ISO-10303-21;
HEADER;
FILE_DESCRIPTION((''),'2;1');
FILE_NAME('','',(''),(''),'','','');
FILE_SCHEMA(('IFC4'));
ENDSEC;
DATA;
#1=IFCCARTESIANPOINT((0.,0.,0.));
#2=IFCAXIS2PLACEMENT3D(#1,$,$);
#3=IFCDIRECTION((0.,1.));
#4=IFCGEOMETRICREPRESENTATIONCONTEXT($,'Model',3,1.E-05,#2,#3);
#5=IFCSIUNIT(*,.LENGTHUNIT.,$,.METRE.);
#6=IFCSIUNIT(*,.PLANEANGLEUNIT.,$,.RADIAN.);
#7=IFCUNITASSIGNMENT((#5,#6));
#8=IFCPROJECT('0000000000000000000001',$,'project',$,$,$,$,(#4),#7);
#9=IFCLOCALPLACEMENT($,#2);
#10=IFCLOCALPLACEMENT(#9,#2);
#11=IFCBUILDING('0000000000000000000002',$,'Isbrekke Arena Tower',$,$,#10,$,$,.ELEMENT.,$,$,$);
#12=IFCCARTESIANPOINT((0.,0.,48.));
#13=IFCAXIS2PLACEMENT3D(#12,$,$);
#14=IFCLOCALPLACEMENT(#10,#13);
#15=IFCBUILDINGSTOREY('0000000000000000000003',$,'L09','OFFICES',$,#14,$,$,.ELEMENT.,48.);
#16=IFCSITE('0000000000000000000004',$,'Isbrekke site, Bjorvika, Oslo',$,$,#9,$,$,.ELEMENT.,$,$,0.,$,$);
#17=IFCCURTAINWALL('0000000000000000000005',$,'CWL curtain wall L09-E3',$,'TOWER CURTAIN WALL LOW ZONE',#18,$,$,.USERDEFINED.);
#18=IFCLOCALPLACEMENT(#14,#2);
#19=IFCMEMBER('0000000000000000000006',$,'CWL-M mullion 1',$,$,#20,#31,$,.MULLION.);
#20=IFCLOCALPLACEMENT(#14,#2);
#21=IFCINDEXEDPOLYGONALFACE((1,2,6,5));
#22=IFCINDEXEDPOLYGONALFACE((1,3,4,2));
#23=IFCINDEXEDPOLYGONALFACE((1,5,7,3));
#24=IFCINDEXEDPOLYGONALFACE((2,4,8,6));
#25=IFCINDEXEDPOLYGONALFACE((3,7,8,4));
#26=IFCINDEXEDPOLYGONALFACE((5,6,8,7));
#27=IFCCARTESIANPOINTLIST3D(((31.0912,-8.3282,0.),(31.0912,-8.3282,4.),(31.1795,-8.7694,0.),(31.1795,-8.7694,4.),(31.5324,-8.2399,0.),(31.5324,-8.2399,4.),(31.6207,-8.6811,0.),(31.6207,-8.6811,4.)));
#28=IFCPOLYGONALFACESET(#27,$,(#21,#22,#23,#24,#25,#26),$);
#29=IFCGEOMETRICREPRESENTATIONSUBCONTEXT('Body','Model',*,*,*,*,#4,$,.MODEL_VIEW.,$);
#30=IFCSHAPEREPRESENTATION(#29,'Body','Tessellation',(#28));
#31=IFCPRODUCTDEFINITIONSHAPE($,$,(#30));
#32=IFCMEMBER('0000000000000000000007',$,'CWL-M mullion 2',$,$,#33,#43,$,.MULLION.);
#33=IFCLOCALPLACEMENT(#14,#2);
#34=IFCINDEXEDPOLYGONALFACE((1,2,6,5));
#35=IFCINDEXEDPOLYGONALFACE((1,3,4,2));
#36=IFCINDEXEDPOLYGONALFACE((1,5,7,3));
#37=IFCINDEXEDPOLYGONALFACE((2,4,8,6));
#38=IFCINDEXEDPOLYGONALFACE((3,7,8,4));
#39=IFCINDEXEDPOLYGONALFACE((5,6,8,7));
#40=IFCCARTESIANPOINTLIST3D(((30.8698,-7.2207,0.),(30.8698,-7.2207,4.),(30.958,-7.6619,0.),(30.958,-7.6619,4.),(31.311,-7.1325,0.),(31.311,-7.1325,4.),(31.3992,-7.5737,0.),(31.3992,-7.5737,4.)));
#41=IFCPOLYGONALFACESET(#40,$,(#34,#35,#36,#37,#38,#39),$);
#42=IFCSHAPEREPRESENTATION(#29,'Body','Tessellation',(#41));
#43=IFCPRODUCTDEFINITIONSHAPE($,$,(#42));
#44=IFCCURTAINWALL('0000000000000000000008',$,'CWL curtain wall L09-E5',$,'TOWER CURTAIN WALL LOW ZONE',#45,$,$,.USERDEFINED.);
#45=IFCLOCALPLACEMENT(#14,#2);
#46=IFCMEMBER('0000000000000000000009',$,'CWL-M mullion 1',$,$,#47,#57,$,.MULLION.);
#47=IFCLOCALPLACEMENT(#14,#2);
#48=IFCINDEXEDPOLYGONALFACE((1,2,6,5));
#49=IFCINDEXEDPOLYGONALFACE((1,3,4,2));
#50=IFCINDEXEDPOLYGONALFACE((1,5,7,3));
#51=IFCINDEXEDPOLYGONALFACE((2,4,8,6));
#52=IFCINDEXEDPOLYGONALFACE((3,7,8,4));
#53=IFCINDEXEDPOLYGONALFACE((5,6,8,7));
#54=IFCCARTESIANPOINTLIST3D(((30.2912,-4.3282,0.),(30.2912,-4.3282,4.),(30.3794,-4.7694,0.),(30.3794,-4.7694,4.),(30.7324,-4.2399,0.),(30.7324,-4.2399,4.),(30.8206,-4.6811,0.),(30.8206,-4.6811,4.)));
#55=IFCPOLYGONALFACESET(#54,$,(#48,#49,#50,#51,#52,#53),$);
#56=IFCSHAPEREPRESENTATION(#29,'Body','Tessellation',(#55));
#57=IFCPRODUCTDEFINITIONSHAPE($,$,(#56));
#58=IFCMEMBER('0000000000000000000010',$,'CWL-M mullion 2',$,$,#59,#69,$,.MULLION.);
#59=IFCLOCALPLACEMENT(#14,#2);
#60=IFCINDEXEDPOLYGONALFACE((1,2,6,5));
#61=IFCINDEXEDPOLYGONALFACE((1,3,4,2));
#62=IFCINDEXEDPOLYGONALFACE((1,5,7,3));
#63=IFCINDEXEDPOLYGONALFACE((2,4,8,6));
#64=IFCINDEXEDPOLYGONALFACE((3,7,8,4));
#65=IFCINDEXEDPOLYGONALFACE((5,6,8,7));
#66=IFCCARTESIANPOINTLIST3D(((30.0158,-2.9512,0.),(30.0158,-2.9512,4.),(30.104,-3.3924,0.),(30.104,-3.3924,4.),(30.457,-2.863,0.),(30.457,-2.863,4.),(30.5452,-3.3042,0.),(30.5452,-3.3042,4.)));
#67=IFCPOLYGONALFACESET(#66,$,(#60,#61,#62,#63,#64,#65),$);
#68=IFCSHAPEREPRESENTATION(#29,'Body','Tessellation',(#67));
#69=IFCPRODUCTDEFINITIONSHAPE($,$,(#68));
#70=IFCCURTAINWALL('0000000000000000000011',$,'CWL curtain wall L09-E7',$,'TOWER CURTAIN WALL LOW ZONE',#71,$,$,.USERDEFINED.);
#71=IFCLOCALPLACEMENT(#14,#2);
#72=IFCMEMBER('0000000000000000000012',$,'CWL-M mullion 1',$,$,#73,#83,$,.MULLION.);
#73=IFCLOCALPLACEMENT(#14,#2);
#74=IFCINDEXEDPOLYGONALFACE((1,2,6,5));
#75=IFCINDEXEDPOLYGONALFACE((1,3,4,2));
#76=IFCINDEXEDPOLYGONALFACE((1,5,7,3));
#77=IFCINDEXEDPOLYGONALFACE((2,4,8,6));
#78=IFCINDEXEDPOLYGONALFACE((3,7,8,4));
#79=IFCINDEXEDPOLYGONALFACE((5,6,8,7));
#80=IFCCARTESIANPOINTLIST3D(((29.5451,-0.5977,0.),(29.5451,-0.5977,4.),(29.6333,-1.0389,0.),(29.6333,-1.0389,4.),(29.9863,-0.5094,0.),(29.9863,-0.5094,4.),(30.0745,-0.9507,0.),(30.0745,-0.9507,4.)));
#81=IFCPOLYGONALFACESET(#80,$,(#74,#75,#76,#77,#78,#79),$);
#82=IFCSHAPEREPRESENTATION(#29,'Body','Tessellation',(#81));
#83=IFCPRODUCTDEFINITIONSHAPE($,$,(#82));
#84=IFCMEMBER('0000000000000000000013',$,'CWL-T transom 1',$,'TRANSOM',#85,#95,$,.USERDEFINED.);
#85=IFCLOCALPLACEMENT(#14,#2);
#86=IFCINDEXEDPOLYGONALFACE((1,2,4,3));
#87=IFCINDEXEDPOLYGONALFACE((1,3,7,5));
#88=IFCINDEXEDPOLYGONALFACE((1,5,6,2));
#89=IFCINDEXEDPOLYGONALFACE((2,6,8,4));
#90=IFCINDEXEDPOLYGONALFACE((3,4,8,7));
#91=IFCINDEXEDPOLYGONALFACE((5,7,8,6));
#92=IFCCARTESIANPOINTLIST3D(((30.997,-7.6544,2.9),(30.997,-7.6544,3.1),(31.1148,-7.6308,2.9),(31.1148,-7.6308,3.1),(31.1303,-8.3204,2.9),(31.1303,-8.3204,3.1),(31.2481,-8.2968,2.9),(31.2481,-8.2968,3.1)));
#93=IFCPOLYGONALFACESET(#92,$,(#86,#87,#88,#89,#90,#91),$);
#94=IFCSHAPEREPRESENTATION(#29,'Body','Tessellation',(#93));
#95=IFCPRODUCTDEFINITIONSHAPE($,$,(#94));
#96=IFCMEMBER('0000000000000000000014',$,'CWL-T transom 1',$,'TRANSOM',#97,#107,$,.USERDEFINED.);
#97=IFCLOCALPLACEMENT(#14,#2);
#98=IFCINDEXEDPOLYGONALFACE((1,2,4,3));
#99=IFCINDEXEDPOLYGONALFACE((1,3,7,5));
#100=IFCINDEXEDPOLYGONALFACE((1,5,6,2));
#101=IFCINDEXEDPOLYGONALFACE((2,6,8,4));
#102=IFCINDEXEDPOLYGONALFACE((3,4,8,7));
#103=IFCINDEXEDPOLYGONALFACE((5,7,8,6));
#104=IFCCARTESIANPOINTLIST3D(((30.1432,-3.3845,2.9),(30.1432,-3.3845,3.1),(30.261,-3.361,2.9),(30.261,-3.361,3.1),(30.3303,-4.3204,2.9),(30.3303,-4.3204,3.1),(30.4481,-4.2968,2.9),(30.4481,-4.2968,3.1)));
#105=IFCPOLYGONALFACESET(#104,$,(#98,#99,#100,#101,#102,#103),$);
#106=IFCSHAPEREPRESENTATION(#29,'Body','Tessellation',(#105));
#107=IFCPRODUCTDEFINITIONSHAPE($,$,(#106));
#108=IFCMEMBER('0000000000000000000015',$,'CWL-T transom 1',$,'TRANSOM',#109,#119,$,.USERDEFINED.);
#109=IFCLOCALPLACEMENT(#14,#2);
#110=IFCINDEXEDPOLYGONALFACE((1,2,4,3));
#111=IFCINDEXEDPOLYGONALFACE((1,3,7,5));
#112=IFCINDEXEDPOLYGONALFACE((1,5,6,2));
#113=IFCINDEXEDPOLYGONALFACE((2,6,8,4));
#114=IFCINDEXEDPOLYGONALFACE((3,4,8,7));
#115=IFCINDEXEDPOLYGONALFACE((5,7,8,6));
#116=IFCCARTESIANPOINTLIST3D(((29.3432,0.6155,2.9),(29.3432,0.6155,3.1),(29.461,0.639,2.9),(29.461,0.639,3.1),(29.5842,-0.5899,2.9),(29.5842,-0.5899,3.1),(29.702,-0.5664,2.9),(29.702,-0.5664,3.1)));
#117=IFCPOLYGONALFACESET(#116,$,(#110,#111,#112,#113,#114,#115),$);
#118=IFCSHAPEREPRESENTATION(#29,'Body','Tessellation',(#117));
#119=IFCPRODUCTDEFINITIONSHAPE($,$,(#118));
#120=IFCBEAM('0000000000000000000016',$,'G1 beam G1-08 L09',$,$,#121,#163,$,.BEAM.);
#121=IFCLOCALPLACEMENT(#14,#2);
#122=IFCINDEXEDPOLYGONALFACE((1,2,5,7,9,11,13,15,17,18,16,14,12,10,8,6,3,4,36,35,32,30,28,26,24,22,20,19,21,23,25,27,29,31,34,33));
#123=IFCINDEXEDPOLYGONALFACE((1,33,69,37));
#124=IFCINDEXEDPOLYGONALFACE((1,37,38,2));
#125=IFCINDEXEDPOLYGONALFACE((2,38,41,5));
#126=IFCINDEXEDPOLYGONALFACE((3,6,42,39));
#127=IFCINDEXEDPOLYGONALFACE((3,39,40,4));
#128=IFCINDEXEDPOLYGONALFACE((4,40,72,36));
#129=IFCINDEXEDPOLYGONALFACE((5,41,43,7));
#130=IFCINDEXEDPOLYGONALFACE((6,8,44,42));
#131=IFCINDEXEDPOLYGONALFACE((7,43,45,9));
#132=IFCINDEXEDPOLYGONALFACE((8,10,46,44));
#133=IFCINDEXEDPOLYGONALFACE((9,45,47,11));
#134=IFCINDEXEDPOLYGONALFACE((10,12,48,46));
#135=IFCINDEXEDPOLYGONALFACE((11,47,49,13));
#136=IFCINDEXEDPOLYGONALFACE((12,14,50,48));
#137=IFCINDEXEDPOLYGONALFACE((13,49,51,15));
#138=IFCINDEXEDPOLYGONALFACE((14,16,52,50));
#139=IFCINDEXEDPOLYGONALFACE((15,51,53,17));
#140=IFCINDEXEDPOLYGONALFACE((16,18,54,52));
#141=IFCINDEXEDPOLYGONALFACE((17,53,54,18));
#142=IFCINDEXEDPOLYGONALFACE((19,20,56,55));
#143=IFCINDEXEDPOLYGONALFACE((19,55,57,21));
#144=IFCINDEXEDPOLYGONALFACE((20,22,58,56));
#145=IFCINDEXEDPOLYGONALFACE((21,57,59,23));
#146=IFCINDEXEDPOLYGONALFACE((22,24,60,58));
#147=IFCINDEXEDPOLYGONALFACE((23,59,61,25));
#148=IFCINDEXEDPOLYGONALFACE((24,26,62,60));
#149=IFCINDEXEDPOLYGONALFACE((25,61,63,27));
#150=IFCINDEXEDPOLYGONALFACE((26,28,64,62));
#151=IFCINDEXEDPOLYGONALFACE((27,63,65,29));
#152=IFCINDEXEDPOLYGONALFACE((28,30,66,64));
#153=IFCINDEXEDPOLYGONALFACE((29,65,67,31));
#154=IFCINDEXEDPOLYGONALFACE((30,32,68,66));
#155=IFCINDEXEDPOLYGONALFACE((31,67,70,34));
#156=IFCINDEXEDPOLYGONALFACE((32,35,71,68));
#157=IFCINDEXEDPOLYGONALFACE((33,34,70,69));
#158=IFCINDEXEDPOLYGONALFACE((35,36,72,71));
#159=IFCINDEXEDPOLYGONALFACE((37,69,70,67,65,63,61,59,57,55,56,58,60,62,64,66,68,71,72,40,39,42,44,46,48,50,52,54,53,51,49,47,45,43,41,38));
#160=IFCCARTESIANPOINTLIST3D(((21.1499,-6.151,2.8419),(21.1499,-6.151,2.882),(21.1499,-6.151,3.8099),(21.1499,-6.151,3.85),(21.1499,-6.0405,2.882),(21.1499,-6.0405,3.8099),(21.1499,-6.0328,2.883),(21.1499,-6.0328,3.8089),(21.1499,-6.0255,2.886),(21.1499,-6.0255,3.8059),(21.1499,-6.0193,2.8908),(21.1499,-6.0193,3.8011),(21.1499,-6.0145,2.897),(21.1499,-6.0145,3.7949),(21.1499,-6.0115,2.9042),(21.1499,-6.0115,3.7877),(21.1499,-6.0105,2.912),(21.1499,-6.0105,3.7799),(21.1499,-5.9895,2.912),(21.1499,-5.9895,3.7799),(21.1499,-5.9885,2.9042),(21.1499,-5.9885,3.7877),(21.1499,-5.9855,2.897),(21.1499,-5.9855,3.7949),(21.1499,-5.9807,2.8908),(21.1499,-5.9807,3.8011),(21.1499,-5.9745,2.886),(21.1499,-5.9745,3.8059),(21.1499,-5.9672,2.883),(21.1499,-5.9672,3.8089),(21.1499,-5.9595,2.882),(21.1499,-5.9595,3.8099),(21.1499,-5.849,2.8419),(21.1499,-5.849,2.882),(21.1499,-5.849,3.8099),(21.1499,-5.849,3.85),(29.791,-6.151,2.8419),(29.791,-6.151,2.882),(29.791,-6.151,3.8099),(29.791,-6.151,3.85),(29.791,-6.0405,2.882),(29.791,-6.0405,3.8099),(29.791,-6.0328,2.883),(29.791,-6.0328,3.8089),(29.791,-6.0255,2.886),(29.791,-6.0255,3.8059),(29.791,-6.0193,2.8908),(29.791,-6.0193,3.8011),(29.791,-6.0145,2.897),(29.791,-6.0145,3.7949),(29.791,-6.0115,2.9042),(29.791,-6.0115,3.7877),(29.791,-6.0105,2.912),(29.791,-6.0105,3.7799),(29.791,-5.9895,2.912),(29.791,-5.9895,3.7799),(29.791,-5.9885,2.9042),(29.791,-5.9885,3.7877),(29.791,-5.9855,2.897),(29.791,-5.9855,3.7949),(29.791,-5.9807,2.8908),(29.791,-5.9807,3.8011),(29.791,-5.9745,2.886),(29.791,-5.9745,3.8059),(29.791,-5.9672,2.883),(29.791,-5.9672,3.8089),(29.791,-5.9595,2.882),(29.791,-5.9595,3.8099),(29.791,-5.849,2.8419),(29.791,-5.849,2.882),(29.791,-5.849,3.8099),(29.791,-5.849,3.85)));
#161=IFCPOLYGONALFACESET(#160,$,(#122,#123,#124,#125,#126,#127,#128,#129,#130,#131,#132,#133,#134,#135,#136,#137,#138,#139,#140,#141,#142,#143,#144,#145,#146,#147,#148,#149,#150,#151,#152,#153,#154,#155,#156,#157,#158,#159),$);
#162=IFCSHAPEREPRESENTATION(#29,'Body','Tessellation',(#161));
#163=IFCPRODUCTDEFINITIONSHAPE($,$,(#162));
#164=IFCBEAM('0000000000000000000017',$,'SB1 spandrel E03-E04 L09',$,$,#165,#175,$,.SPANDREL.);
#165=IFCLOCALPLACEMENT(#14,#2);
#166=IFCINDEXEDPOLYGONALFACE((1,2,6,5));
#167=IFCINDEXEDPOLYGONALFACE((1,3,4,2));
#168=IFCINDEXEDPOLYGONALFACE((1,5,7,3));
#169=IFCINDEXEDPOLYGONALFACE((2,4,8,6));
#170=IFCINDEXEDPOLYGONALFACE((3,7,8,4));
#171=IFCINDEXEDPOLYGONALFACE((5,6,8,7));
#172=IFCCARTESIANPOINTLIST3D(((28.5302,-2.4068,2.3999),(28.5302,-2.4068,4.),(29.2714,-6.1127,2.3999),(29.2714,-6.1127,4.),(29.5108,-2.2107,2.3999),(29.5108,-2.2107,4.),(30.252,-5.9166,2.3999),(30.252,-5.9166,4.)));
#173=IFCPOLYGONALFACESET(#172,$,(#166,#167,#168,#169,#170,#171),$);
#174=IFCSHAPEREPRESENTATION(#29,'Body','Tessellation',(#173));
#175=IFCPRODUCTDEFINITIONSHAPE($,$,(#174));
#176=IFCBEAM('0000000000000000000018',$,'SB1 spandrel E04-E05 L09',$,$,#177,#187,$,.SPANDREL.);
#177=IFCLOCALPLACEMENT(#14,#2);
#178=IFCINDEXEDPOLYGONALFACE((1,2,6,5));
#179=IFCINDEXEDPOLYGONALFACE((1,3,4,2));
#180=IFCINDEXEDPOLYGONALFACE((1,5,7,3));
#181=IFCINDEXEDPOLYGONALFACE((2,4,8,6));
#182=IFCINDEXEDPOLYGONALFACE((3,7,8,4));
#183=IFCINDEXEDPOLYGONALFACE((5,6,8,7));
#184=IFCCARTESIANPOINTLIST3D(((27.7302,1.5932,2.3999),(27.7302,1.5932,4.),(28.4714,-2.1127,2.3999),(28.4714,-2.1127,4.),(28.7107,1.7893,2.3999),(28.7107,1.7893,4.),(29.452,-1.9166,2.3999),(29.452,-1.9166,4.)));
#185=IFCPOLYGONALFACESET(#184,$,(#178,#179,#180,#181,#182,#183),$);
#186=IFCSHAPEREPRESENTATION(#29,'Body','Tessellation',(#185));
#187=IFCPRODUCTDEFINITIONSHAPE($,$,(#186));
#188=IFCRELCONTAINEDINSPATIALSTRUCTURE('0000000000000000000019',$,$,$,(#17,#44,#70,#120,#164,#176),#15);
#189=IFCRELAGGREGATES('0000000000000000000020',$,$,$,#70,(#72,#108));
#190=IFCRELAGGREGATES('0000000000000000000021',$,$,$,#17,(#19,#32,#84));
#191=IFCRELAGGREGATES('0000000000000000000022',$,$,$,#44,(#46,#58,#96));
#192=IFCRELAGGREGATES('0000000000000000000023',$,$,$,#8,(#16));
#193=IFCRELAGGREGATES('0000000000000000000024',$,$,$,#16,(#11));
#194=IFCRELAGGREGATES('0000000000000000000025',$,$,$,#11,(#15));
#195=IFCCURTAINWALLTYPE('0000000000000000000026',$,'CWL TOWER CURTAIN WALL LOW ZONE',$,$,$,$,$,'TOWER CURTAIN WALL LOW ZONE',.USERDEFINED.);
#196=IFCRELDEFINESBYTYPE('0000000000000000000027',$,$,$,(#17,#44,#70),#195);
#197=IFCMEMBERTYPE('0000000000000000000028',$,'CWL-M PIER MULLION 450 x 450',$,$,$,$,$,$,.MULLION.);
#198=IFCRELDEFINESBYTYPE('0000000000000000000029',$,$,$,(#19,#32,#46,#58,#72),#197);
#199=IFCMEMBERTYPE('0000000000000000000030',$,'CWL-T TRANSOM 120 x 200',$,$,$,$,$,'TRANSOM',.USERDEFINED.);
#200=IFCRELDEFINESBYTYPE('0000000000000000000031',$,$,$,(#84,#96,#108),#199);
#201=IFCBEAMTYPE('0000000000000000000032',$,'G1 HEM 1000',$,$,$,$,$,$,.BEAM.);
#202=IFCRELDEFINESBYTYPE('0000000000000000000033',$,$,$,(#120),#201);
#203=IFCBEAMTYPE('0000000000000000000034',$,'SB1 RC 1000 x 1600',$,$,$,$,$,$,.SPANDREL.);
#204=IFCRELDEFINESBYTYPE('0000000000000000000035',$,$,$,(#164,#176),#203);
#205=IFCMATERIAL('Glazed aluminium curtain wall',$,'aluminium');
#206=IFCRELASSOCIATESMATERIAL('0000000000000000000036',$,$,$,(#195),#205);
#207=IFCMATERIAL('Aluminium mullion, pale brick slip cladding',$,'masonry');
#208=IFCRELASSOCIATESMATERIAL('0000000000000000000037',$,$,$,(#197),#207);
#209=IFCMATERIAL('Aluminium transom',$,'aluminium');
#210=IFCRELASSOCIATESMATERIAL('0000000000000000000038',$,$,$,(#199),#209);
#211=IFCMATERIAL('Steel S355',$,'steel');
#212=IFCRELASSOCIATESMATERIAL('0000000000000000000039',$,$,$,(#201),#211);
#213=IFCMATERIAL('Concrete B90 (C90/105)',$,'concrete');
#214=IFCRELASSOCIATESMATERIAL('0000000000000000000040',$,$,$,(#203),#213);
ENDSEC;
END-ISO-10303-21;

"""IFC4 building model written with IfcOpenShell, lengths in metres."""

from ifc_helpers import new_model, si_unit, direction, frame, origin, origin_2d, place, context, subcontext, project, spatial, rectangle, i_section, extrude, material, material_profile, profile_set, type_object, element, aggregate, save


model = new_model("IFC4")

# Units and contexts
model_context = context("Model", 3, precision=1e-05, world=origin(), true_north=direction((0.0, 1.0)))
body_context = subcontext(model_context, "Body", "Model", "MODEL_VIEW")
ifc_project = project(units=[si_unit("LENGTHUNIT", "METRE"), si_unit("PLANEANGLEUNIT", "RADIAN")], contexts=[model_context])

# Site, building, storey
site_placement = place(None, origin())
site = spatial("IfcSite", under=ifc_project, at=site_placement, Name="Isbrekke site, Bjorvika, Oslo", CompositionType="ELEMENT", RefElevation=0.0)
building_placement = place(site_placement, origin())
building = spatial("IfcBuilding", under=site, at=building_placement, Name="Isbrekke Arena Tower", CompositionType="ELEMENT")
storey_placement = place(building_placement, frame((0.0, 0.0, 48.0)))
storey = spatial("IfcBuildingStorey", under=building, at=storey_placement, Name="L09", Description="OFFICES", CompositionType="ELEMENT", Elevation=48.0)

# Curtain walls, members
ifc_material_1 = material(Name="Glazed aluminium curtain wall", Category="aluminium")
curtain_wall_type = type_object("IfcCurtainWallType", Name="CWL TOWER CURTAIN WALL LOW ZONE", ElementType="TOWER CURTAIN WALL LOW ZONE", PredefinedType="USERDEFINED", material=ifc_material_1)
curtain_wall_1_placement = place(storey_placement, origin())
curtain_wall_1 = element("IfcCurtainWall", 1, at=curtain_wall_1_placement, inside=storey, type_object=curtain_wall_type, Name="CWL curtain wall L09-E3", ObjectType="TOWER CURTAIN WALL LOW ZONE", PredefinedType="USERDEFINED")
ifc_material_2 = material(Name="Aluminium mullion, pale brick slip cladding", Category="masonry")
ifc_material_profile_1 = material_profile(ifc_material_2, rectangle(XDim=0.45, YDim=0.45, at=origin_2d()), Name="PIER 450X450")
ifc_profile_set_1 = profile_set([ifc_material_profile_1], Name="Aluminium mullion, pale brick slip cladding")
member_type_1 = type_object("IfcMemberType", Name="CWL-M PIER MULLION 450 x 450", PredefinedType="MULLION", material=ifc_profile_set_1)
member_1_placement = place(storey_placement, frame((31.356, -8.5046, 0.0), z_axis=(0.0, 0.0, 1.0), x_axis=(-0.196116, 0.980581, 0.0)))
member_1 = element("IfcMember", 2, at=member_1_placement, type_object=member_type_1, Name="CWL-M mullion 1", PredefinedType="MULLION", context=body_context, shape_type="SweptSolid", body=[
    extrude(rectangle(XDim=0.45, YDim=0.45, at=origin_2d()), origin(), (0.0, 0.0, 1.0), 4.0),
])
member_2_placement = place(storey_placement, frame((31.1345, -7.3972, 0.0), z_axis=(0.0, 0.0, 1.0), x_axis=(-0.196116, 0.980581, 0.0)))
member_2 = element("IfcMember", 3, at=member_2_placement, type_object=member_type_1, Name="CWL-M mullion 2", PredefinedType="MULLION", context=body_context, shape_type="SweptSolid", body=[
    extrude(rectangle(XDim=0.45, YDim=0.45, at=origin_2d()), origin(), (0.0, 0.0, 1.0), 4.0),
])
curtain_wall_2_placement = place(storey_placement, origin())
curtain_wall_2 = element("IfcCurtainWall", 4, at=curtain_wall_2_placement, inside=storey, type_object=curtain_wall_type, Name="CWL curtain wall L09-E5", ObjectType="TOWER CURTAIN WALL LOW ZONE", PredefinedType="USERDEFINED")
member_3_placement = place(storey_placement, frame((30.5559, -4.5046, 0.0), z_axis=(0.0, 0.0, 1.0), x_axis=(-0.196116, 0.980581, 0.0)))
member_3 = element("IfcMember", 5, at=member_3_placement, type_object=member_type_1, Name="CWL-M mullion 1", PredefinedType="MULLION", context=body_context, shape_type="SweptSolid", body=[
    extrude(rectangle(XDim=0.45, YDim=0.45, at=origin_2d()), origin(), (0.0, 0.0, 1.0), 4.0),
])
member_4_placement = place(storey_placement, frame((30.2805, -3.1277, 0.0), z_axis=(0.0, 0.0, 1.0), x_axis=(-0.196116, 0.980581, 0.0)))
member_4 = element("IfcMember", 6, at=member_4_placement, type_object=member_type_1, Name="CWL-M mullion 2", PredefinedType="MULLION", context=body_context, shape_type="SweptSolid", body=[
    extrude(rectangle(XDim=0.45, YDim=0.45, at=origin_2d()), origin(), (0.0, 0.0, 1.0), 4.0),
])

# Curtain wall, member
curtain_wall_3_placement = place(storey_placement, origin())
curtain_wall_3 = element("IfcCurtainWall", 7, at=curtain_wall_3_placement, inside=storey, type_object=curtain_wall_type, Name="CWL curtain wall L09-E7", ObjectType="TOWER CURTAIN WALL LOW ZONE", PredefinedType="USERDEFINED")
member_5_placement = place(storey_placement, frame((29.8098, -0.7742, 0.0), z_axis=(0.0, 0.0, 1.0), x_axis=(-0.196116, 0.980581, 0.0)))
member_5 = element("IfcMember", 8, at=member_5_placement, type_object=member_type_1, Name="CWL-M mullion 1", PredefinedType="MULLION", context=body_context, shape_type="SweptSolid", body=[
    extrude(rectangle(XDim=0.45, YDim=0.45, at=origin_2d()), origin(), (0.0, 0.0, 1.0), 4.0),
])

# Members
ifc_material_3 = material(Name="Aluminium transom", Category="aluminium")
ifc_material_profile_2 = material_profile(ifc_material_3, rectangle(XDim=0.1201, YDim=0.2, at=origin_2d()), Name="TRANSOM 120X200")
ifc_profile_set_2 = profile_set([ifc_material_profile_2], Name="Aluminium transom")
member_type_2 = type_object("IfcMemberType", Name="CWL-T TRANSOM 120 x 200", ElementType="TRANSOM", PredefinedType="USERDEFINED", material=ifc_profile_set_2)
member_6_placement = place(storey_placement, frame((31.1892, -8.3086, 3.0), z_axis=(-0.196254, 0.980553, 0.0), x_axis=(-0.980553, -0.196254, 0.0)))
member_6 = element("IfcMember", 9, at=member_6_placement, type_object=member_type_2, Name="CWL-T transom 1", ObjectType="TRANSOM", PredefinedType="USERDEFINED", context=body_context, shape_type="SweptSolid", body=[
    extrude(rectangle(XDim=0.1201, YDim=0.2, at=origin_2d()), origin(), (0.0, 0.0, 1.0), 0.6792),
])
member_7_placement = place(storey_placement, frame((30.3892, -4.3086, 3.0), z_axis=(-0.195969, 0.98061, 0.0), x_axis=(-0.98061, -0.195969, 0.0)))
member_7 = element("IfcMember", 10, at=member_7_placement, type_object=member_type_2, Name="CWL-T transom 1", ObjectType="TRANSOM", PredefinedType="USERDEFINED", context=body_context, shape_type="SweptSolid", body=[
    extrude(rectangle(XDim=0.1201, YDim=0.2, at=origin_2d()), origin(), (0.0, 0.0, 1.0), 0.9543),
])
member_8_placement = place(storey_placement, frame((29.6431, -0.5781, 3.0), z_axis=(-0.19604, 0.980596, 0.0), x_axis=(-0.980596, -0.19604, 0.0)))
member_8 = element("IfcMember", 11, at=member_8_placement, type_object=member_type_2, Name="CWL-T transom 1", ObjectType="TRANSOM", PredefinedType="USERDEFINED", context=body_context, shape_type="SweptSolid", body=[
    extrude(rectangle(XDim=0.1201, YDim=0.2, at=origin_2d()), origin(), (0.0, 0.0, 1.0), 1.2292),
])
aggregate(curtain_wall_3, [member_5, member_8])

# Beams
ifc_material_4 = material(Name="Steel S355", Category="steel")
ifc_material_profile_3 = material_profile(ifc_material_4, i_section(OverallWidth=0.302, OverallDepth=1.0081, WebThickness=0.021, FlangeThickness=0.04, FilletRadius=0.03, at=origin_2d()), Name="HEM 1000")
ifc_profile_set_3 = profile_set([ifc_material_profile_3], Name="Steel S355")
beam_type_1 = type_object("IfcBeamType", Name="G1 HEM 1000", PredefinedType="BEAM", material=ifc_profile_set_3)
beam_1_placement = place(storey_placement, frame((21.1499, -6.0, 3.3459), z_axis=(1.0, 0.0, 0.0), x_axis=(0.0, 1.0, 0.0)))
element("IfcBeam", 12, at=beam_1_placement, inside=storey, type_object=beam_type_1, Name="G1 beam G1-08 L09", PredefinedType="BEAM", context=body_context, shape_type="SweptSolid", body=[
    extrude(i_section(OverallWidth=0.302, OverallDepth=1.0081, WebThickness=0.021, FlangeThickness=0.04, FilletRadius=0.03, at=origin_2d()), origin(), (0.0, 0.0, 1.0), 8.6411),
])
ifc_material_5 = material(Name="Concrete B90 (C90/105)", Category="concrete")
ifc_material_profile_4 = material_profile(ifc_material_5, rectangle(XDim=1.0, YDim=1.6001, at=origin_2d()), Name="RC 1000x1600")
ifc_profile_set_4 = profile_set([ifc_material_profile_4], Name="Concrete B90 (C90/105)")
beam_type_2 = type_object("IfcBeamType", Name="SB1 RC 1000 x 1600", PredefinedType="SPANDREL", material=ifc_profile_set_4)
for number, where, z_axis, x_axis, name in (
    (13, (29.7617, -6.0146, 3.2), (-0.196129, 0.980578, 0.0), (-0.980578, -0.196129, 0.0), "SB1 spandrel E03-E04 L09"),
    (14, (28.9617, -2.0146, 3.2), (-0.196129, 0.980578, 0.0), (-0.980578, -0.196129, 0.0), "SB1 spandrel E04-E05 L09"),
):
    element("IfcBeam", number, at=place(storey_placement, frame(where, z_axis=z_axis, x_axis=x_axis)), inside=storey, type_object=beam_type_2, Name=name, PredefinedType="SPANDREL", context=body_context, shape_type="SweptSolid", body=[
        extrude(rectangle(XDim=1.0, YDim=1.6001, at=origin_2d()), origin(), (0.0, 0.0, 1.0), 3.7793),
    ])

aggregate(curtain_wall_1, [member_1, member_2, member_6])
aggregate(curtain_wall_2, [member_3, member_4, member_7])

save(model, "model.ifc")
